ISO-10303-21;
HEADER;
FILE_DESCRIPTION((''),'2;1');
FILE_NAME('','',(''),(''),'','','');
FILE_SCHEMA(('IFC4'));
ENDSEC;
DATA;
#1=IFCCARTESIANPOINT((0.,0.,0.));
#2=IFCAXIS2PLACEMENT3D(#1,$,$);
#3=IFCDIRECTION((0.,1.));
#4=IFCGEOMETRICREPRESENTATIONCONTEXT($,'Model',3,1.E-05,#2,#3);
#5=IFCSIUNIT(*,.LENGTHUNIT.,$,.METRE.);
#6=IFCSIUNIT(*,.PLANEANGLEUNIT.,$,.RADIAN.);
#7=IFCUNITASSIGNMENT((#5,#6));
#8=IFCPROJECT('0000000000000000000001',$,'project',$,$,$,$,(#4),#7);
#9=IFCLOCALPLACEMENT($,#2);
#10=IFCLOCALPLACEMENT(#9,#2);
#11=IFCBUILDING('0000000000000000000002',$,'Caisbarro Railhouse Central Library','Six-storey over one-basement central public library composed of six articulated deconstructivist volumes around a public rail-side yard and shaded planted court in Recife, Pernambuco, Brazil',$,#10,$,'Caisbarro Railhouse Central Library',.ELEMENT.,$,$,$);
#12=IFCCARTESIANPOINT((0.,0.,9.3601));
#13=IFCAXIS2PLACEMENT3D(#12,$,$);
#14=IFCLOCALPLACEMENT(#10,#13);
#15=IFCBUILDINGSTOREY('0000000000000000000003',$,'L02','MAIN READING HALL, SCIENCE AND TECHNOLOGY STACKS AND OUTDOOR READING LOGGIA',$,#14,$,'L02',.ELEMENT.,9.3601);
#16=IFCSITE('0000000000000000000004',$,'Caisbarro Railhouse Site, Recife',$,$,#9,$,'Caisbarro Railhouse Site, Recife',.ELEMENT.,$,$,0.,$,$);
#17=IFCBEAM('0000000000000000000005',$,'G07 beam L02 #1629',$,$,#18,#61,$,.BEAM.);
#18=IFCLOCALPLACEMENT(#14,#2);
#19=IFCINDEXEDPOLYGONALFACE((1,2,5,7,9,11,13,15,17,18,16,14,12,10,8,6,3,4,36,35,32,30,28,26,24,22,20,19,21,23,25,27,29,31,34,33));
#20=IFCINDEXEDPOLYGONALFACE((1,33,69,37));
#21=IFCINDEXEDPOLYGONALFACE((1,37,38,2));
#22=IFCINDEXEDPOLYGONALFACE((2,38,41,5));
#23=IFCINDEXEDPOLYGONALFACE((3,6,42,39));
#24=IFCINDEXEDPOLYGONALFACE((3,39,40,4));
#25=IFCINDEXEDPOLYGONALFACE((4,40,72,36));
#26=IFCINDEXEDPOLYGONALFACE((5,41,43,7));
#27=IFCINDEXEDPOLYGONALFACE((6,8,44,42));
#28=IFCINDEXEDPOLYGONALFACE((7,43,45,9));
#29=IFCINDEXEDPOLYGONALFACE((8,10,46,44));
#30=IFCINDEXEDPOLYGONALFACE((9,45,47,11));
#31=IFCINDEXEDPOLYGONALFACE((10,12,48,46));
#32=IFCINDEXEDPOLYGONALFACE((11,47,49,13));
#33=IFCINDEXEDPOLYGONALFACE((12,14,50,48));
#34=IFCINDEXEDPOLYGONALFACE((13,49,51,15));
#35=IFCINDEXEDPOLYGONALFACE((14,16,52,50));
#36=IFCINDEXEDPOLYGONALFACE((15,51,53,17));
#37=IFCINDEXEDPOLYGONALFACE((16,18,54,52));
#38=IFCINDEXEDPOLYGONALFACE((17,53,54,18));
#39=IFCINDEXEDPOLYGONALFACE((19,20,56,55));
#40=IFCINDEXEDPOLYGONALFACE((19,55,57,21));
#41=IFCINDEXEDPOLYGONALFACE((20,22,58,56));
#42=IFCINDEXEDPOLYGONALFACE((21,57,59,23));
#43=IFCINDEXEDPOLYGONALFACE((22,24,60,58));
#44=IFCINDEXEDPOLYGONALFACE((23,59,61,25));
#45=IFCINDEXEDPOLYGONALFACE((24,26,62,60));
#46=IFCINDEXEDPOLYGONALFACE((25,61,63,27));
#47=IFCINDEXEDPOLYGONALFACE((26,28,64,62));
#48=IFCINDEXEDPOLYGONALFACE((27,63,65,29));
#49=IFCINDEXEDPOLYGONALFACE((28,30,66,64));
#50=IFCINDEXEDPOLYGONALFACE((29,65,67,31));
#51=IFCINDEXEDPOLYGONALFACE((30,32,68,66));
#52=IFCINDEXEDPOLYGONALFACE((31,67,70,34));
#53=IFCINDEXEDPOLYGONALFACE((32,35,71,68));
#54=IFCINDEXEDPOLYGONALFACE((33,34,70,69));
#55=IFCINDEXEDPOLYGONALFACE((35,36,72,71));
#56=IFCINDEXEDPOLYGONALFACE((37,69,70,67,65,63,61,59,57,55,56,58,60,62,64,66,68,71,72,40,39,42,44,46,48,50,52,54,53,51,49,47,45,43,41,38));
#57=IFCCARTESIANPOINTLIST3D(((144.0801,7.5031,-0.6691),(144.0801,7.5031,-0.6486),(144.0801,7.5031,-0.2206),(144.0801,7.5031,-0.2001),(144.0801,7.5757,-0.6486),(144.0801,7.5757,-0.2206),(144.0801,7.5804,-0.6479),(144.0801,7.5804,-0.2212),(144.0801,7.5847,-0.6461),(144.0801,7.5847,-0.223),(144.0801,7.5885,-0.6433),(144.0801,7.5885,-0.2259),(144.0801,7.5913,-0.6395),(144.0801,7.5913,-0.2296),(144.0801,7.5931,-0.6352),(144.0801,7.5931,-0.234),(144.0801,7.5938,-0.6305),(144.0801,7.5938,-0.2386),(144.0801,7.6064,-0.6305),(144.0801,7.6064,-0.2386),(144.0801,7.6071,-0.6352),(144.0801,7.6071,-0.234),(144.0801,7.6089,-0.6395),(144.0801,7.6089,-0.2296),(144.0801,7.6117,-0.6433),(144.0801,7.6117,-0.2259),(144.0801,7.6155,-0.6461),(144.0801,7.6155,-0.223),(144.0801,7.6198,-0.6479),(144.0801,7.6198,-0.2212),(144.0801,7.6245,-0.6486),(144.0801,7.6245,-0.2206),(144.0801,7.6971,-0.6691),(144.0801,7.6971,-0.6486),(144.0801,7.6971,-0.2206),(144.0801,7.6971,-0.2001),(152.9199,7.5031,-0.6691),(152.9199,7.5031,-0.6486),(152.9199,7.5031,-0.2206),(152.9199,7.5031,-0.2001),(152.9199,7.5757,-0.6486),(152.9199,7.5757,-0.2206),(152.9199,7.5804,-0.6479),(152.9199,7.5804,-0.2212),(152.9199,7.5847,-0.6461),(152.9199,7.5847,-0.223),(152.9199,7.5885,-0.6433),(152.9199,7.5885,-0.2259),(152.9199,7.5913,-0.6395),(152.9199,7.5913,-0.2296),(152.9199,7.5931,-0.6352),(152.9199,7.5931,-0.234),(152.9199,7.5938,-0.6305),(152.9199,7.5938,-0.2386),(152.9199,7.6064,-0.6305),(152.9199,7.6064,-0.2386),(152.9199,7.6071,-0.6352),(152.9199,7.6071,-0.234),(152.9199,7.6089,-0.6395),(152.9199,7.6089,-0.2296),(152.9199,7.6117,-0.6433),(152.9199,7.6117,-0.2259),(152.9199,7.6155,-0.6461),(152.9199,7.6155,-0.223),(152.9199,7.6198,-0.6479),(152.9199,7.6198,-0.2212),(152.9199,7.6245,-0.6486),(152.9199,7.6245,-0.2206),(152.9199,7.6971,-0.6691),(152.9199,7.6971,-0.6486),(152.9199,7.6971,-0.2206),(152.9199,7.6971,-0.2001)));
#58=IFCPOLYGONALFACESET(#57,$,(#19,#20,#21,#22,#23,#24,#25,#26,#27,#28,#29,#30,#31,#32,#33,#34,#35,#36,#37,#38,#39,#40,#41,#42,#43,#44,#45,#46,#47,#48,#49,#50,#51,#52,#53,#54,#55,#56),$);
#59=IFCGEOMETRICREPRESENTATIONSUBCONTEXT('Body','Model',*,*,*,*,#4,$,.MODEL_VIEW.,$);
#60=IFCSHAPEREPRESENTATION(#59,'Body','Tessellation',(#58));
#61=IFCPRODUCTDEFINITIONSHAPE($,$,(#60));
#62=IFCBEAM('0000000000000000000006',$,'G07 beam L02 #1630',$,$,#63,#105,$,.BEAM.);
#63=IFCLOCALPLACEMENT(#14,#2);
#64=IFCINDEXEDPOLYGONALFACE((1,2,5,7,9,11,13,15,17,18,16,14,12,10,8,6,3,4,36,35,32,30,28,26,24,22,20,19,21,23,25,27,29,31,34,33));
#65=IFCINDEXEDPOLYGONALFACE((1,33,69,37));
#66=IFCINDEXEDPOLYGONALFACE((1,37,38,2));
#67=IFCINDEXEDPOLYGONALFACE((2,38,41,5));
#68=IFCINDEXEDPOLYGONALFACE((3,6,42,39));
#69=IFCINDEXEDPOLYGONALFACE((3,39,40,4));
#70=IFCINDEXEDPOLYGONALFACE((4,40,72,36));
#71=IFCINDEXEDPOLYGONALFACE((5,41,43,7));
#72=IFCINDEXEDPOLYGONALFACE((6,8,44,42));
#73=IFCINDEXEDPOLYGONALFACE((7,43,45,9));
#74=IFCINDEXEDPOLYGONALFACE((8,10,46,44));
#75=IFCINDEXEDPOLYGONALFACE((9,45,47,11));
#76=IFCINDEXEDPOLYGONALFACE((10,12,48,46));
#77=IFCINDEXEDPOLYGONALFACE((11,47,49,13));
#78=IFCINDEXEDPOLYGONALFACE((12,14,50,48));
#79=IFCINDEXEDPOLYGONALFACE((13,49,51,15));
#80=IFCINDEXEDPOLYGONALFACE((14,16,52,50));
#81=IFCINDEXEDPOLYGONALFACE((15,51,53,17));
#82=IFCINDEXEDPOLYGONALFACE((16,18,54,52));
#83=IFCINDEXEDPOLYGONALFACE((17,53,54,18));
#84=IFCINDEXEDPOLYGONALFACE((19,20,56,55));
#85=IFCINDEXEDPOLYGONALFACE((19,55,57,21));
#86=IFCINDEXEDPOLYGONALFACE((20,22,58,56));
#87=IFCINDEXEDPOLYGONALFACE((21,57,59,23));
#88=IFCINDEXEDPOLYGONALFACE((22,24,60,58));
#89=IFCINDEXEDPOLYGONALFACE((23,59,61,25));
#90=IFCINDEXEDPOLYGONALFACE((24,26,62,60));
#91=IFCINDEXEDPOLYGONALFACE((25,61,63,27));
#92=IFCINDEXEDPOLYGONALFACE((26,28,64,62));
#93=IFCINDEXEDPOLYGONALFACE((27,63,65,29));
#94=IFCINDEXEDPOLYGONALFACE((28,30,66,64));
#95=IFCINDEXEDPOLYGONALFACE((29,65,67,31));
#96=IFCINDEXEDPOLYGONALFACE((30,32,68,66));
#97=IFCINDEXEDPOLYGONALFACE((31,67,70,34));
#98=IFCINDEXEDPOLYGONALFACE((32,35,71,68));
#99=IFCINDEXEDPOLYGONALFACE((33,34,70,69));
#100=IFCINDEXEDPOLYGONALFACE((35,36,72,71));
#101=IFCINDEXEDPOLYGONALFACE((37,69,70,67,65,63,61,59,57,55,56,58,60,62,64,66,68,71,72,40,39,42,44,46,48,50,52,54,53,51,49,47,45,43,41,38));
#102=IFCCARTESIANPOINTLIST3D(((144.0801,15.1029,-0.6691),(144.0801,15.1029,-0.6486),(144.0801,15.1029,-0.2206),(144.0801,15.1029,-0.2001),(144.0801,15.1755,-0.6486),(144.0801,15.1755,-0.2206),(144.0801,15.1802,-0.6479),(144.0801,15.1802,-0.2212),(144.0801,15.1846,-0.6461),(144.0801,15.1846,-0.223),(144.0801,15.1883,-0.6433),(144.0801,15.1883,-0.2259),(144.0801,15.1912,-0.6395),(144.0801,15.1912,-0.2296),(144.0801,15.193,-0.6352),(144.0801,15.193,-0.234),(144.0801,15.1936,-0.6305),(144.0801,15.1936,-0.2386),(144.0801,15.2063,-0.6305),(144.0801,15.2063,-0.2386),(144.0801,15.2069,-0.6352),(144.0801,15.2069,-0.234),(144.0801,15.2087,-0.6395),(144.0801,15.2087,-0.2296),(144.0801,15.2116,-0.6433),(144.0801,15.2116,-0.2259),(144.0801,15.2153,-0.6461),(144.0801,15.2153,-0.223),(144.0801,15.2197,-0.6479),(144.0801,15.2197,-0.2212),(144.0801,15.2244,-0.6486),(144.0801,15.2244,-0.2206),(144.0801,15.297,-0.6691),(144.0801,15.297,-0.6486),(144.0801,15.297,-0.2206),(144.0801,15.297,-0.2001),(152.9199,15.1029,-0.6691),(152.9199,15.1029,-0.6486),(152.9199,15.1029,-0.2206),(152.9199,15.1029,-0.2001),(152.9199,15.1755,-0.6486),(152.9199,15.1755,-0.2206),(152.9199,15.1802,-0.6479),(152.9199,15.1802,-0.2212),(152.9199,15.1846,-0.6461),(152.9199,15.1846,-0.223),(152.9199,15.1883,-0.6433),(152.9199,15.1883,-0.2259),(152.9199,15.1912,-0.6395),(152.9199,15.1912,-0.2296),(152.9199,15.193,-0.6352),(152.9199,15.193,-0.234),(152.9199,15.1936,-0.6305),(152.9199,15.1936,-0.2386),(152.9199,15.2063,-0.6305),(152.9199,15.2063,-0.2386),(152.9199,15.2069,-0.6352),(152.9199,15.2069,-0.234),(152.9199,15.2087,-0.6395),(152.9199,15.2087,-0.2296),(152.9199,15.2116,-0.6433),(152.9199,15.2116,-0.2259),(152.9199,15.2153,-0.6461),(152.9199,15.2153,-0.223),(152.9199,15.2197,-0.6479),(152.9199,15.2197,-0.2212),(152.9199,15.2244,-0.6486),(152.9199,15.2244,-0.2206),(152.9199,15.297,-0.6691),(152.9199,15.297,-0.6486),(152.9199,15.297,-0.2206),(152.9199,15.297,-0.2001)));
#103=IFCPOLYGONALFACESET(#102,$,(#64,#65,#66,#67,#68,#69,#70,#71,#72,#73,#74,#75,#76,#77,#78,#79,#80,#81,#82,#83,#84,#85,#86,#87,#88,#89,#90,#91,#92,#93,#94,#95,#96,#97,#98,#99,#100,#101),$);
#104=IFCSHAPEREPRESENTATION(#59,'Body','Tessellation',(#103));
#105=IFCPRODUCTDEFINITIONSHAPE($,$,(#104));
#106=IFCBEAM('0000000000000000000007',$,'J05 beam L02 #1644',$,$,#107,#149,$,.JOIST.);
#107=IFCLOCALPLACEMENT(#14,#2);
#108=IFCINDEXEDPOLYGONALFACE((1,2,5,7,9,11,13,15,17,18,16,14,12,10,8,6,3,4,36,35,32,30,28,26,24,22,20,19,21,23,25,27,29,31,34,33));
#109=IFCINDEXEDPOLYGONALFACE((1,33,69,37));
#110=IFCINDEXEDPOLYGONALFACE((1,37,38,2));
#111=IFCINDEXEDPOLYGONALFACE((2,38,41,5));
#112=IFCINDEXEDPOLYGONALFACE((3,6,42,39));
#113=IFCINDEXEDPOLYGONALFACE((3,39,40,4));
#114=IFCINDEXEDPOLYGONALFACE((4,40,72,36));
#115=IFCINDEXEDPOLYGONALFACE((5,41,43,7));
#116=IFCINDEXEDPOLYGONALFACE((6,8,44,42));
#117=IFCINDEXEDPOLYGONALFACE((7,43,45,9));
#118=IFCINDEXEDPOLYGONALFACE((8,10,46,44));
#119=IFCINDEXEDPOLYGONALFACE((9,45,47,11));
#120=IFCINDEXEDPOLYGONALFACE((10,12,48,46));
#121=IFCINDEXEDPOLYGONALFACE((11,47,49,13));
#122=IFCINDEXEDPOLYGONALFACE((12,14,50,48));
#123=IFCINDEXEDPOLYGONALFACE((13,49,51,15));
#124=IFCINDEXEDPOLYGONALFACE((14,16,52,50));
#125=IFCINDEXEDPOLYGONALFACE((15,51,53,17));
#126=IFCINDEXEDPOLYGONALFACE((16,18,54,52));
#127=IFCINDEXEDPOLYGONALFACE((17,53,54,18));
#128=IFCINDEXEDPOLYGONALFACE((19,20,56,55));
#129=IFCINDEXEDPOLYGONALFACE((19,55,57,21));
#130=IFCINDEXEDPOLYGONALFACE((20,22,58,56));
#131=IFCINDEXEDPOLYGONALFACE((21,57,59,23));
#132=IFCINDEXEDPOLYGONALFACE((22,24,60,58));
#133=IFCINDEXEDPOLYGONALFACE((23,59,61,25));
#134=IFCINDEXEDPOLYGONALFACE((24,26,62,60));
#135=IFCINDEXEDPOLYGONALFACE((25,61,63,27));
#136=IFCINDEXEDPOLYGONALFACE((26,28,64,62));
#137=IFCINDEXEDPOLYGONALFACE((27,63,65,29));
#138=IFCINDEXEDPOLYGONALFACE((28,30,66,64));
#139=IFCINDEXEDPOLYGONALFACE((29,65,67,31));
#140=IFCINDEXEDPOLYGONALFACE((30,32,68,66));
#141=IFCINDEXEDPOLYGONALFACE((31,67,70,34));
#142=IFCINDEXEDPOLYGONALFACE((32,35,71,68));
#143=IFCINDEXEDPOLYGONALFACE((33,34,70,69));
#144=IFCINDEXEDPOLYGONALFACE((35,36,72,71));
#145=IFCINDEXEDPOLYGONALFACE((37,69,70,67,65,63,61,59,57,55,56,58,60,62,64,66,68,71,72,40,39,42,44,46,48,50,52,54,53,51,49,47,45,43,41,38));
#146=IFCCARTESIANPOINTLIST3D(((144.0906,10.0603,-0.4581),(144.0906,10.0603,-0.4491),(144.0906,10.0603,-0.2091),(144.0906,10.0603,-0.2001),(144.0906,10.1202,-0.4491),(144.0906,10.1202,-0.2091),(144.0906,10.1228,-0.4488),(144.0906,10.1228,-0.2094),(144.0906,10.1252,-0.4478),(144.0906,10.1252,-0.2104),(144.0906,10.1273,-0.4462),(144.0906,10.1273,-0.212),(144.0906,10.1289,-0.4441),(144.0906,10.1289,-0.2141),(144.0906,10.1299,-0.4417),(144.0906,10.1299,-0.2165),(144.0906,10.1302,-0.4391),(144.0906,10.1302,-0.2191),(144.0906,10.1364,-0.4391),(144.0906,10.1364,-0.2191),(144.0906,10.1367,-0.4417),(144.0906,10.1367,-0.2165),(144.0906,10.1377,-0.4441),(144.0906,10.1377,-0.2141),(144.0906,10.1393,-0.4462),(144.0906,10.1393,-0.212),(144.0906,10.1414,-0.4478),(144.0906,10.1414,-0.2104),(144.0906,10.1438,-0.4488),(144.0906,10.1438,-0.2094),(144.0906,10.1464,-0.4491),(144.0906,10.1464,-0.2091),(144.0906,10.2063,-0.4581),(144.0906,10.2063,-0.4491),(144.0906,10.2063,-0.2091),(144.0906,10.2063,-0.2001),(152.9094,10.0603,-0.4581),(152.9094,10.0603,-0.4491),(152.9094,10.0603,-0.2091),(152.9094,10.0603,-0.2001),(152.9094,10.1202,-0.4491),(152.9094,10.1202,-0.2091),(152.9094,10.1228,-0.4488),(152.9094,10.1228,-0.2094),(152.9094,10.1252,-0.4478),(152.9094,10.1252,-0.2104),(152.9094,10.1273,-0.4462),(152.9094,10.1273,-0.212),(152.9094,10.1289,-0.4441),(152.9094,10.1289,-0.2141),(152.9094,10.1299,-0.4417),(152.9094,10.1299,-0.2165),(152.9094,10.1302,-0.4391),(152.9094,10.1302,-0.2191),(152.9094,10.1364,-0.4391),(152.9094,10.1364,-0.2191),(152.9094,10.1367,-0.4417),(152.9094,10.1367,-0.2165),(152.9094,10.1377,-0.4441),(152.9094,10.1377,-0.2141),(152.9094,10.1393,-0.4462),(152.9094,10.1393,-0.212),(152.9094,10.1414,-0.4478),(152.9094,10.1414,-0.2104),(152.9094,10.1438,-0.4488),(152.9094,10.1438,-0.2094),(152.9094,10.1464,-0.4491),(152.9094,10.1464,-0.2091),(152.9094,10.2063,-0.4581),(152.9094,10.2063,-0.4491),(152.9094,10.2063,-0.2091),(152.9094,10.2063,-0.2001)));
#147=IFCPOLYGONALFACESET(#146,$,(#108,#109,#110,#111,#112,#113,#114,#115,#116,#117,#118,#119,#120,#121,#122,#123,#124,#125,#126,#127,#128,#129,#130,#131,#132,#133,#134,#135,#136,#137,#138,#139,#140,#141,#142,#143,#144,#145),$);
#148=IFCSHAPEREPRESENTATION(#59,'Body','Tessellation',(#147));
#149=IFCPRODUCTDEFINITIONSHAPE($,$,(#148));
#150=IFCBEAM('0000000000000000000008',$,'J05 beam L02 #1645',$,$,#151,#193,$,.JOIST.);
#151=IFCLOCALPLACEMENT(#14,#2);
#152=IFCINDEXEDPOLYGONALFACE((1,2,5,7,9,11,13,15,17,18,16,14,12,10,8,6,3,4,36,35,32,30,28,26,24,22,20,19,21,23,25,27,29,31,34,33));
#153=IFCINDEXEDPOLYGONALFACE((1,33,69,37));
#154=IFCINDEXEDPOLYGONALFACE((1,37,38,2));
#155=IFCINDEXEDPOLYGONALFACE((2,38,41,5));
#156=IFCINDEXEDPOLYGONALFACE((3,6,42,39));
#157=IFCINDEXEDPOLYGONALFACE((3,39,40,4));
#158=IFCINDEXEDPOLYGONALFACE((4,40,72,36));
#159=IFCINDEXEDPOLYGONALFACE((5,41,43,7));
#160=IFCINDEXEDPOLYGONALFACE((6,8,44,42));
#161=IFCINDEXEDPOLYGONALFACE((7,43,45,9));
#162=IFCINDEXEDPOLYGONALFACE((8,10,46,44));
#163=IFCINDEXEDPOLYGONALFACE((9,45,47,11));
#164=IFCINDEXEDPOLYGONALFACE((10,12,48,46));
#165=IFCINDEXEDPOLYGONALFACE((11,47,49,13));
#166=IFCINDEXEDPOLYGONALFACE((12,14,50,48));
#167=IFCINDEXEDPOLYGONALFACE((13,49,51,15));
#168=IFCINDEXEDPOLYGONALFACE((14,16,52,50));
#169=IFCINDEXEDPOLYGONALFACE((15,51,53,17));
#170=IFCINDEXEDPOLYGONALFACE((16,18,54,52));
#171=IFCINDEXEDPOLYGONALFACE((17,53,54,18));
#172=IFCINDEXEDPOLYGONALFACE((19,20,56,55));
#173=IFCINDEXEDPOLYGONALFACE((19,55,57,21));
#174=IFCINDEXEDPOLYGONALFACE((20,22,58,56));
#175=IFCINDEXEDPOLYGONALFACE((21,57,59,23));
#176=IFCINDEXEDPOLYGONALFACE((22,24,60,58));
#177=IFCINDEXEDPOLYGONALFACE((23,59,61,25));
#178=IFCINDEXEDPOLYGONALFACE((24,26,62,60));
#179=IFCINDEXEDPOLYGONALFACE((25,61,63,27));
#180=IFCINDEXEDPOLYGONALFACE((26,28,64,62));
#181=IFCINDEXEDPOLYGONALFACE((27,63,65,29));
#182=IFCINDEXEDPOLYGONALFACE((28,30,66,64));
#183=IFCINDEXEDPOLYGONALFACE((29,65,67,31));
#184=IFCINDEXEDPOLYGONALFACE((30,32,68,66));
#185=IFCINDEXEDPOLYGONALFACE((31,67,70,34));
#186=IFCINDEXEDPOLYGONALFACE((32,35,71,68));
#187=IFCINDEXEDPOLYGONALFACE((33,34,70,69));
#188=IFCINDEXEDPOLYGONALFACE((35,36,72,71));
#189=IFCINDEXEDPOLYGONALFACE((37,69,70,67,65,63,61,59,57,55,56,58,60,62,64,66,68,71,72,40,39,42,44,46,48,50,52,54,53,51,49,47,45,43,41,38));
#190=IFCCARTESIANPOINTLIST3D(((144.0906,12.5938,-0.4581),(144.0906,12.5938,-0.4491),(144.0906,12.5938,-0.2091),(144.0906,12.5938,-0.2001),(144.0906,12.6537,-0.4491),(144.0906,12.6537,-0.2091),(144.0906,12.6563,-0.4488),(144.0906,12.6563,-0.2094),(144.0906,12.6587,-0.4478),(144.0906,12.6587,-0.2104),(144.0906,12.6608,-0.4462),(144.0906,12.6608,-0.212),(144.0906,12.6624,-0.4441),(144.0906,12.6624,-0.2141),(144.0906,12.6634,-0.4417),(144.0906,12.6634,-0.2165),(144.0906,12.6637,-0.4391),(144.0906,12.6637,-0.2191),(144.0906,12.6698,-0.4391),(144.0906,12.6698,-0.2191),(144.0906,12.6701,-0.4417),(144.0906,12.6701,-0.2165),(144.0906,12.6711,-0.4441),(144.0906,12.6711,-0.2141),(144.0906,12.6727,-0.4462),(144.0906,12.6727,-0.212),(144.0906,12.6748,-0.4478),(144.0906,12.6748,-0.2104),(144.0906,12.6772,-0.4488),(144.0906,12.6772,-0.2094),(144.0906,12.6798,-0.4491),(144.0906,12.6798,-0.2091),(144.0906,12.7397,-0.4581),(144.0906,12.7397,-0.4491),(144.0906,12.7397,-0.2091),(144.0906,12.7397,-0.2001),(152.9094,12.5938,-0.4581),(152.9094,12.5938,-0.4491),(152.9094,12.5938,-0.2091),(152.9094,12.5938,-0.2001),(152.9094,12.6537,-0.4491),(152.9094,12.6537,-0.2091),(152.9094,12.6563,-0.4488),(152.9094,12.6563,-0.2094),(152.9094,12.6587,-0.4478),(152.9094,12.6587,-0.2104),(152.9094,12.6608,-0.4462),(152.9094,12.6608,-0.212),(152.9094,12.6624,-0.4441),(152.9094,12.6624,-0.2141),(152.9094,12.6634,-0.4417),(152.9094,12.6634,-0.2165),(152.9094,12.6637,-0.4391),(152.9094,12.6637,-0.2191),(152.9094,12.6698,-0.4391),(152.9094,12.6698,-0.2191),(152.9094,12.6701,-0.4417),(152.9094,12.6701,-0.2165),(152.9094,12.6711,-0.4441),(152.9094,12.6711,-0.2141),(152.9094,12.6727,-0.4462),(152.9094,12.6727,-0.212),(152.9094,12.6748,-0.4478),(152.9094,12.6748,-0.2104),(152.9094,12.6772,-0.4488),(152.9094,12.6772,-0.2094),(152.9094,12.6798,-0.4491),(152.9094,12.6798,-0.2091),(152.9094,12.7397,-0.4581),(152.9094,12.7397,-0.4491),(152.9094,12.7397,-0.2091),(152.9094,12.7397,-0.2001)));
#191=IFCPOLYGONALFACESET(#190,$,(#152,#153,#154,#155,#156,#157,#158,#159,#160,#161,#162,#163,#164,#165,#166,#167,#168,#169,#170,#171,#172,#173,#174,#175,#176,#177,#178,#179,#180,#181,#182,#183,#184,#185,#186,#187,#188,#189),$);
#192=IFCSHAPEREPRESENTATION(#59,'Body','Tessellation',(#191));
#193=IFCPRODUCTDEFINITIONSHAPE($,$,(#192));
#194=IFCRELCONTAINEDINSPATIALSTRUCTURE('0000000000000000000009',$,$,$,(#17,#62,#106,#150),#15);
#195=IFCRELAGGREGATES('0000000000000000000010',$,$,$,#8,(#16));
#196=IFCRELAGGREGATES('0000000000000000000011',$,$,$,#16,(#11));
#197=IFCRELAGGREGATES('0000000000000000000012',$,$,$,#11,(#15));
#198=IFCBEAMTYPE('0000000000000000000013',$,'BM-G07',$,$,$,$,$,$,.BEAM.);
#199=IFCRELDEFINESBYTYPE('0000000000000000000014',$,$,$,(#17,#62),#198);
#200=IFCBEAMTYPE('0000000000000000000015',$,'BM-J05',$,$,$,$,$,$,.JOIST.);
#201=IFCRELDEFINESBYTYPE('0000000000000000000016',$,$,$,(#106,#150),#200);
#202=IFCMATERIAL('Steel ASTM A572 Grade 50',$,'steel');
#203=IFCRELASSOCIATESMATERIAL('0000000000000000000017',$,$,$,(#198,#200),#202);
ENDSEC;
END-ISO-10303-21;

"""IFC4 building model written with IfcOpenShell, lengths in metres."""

from ifc_helpers import new_model, si_unit, direction, frame, origin, origin_2d, place, context, subcontext, project, spatial, i_section, extrude, material, material_profile, profile_set, type_object, element, save


model = new_model("IFC4")

# Units and contexts
model_context = context("Model", 3, precision=1e-05, world=origin(), true_north=direction((0.0, 1.0)))
body_context = subcontext(model_context, "Body", "Model", "MODEL_VIEW")
ifc_project = project(units=[si_unit("LENGTHUNIT", "METRE"), si_unit("PLANEANGLEUNIT", "RADIAN")], contexts=[model_context])

# Site, building, storey
site_placement = place(None, origin())
site = spatial("IfcSite", under=ifc_project, at=site_placement, Name="Caisbarro Railhouse Site, Recife", LongName="Caisbarro Railhouse Site, Recife", CompositionType="ELEMENT", RefElevation=0.0)
building_placement = place(site_placement, origin())
building = spatial("IfcBuilding", under=site, at=building_placement, Name="Caisbarro Railhouse Central Library", Description="Six-storey over one-basement central public library composed of six articulated deconstructivist volumes around a public rail-side yard and shaded planted court in Recife, Pernambuco, Brazil", LongName="Caisbarro Railhouse Central Library", CompositionType="ELEMENT")
storey_placement = place(building_placement, frame((0.0, 0.0, 9.3601)))
storey = spatial("IfcBuildingStorey", under=building, at=storey_placement, Name="L02", Description="MAIN READING HALL, SCIENCE AND TECHNOLOGY STACKS AND OUTDOOR READING LOGGIA", LongName="L02", CompositionType="ELEMENT", Elevation=9.3601)

# Beams
ifc_material_1 = material(Name="Steel ASTM A572 Grade 50", Category="steel")
ifc_material_profile_1 = material_profile(ifc_material_1, i_section(OverallWidth=0.1941, OverallDepth=0.469, WebThickness=0.0127, FlangeThickness=0.0205, FilletRadius=0.0181, at=origin_2d()), Name="W460X106.0")
ifc_profile_set_1 = profile_set([ifc_material_profile_1], Name="Steel ASTM A572 Grade 50")
beam_type_1 = type_object("IfcBeamType", Name="BM-G07", PredefinedType="BEAM", material=ifc_profile_set_1)
for number, where, z_axis, x_axis, name in (
    (1, (144.0801, 7.6001, -0.4346), (1.0, 0.0, 0.0), (0.0, 1.0, 0.0), "G07 beam L02 #1629"),
    (2, (144.0801, 15.2, -0.4346), (1.0, 0.0, 0.0), (0.0, 1.0, 0.0), "G07 beam L02 #1630"),
):
    element("IfcBeam", number, at=place(storey_placement, frame(where, z_axis=z_axis, x_axis=x_axis)), inside=storey, type_object=beam_type_1, Name=name, PredefinedType="BEAM", context=body_context, shape_type="SweptSolid", body=[
        extrude(i_section(OverallWidth=0.1941, OverallDepth=0.469, WebThickness=0.0127, FlangeThickness=0.0205, FilletRadius=0.0181, at=origin_2d()), origin(), (0.0, 0.0, 1.0), 8.8398),
    ])
ifc_material_profile_2 = material_profile(ifc_material_1, i_section(OverallWidth=0.146, OverallDepth=0.2581, WebThickness=0.0061, FlangeThickness=0.009, FilletRadius=0.01, at=origin_2d()), Name="W250X32.7")
ifc_profile_set_2 = profile_set([ifc_material_profile_2], Name="Steel ASTM A572 Grade 50")
beam_type_2 = type_object("IfcBeamType", Name="BM-J05", PredefinedType="JOIST", material=ifc_profile_set_2)
for number, where, z_axis, x_axis, name in (
    (3, (144.0906, 10.1333, -0.3291), (1.0, 0.0, 0.0), (0.0, 1.0, 0.0), "J05 beam L02 #1644"),
    (4, (144.0906, 12.6667, -0.3291), (1.0, 0.0, 0.0), (0.0, 1.0, 0.0), "J05 beam L02 #1645"),
):
    element("IfcBeam", number, at=place(storey_placement, frame(where, z_axis=z_axis, x_axis=x_axis)), inside=storey, type_object=beam_type_2, Name=name, PredefinedType="JOIST", context=body_context, shape_type="SweptSolid", body=[
        extrude(i_section(OverallWidth=0.146, OverallDepth=0.2581, WebThickness=0.0061, FlangeThickness=0.009, FilletRadius=0.01, at=origin_2d()), origin(), (0.0, 0.0, 1.0), 8.8188),
    ])

save(model, "model.ifc")
